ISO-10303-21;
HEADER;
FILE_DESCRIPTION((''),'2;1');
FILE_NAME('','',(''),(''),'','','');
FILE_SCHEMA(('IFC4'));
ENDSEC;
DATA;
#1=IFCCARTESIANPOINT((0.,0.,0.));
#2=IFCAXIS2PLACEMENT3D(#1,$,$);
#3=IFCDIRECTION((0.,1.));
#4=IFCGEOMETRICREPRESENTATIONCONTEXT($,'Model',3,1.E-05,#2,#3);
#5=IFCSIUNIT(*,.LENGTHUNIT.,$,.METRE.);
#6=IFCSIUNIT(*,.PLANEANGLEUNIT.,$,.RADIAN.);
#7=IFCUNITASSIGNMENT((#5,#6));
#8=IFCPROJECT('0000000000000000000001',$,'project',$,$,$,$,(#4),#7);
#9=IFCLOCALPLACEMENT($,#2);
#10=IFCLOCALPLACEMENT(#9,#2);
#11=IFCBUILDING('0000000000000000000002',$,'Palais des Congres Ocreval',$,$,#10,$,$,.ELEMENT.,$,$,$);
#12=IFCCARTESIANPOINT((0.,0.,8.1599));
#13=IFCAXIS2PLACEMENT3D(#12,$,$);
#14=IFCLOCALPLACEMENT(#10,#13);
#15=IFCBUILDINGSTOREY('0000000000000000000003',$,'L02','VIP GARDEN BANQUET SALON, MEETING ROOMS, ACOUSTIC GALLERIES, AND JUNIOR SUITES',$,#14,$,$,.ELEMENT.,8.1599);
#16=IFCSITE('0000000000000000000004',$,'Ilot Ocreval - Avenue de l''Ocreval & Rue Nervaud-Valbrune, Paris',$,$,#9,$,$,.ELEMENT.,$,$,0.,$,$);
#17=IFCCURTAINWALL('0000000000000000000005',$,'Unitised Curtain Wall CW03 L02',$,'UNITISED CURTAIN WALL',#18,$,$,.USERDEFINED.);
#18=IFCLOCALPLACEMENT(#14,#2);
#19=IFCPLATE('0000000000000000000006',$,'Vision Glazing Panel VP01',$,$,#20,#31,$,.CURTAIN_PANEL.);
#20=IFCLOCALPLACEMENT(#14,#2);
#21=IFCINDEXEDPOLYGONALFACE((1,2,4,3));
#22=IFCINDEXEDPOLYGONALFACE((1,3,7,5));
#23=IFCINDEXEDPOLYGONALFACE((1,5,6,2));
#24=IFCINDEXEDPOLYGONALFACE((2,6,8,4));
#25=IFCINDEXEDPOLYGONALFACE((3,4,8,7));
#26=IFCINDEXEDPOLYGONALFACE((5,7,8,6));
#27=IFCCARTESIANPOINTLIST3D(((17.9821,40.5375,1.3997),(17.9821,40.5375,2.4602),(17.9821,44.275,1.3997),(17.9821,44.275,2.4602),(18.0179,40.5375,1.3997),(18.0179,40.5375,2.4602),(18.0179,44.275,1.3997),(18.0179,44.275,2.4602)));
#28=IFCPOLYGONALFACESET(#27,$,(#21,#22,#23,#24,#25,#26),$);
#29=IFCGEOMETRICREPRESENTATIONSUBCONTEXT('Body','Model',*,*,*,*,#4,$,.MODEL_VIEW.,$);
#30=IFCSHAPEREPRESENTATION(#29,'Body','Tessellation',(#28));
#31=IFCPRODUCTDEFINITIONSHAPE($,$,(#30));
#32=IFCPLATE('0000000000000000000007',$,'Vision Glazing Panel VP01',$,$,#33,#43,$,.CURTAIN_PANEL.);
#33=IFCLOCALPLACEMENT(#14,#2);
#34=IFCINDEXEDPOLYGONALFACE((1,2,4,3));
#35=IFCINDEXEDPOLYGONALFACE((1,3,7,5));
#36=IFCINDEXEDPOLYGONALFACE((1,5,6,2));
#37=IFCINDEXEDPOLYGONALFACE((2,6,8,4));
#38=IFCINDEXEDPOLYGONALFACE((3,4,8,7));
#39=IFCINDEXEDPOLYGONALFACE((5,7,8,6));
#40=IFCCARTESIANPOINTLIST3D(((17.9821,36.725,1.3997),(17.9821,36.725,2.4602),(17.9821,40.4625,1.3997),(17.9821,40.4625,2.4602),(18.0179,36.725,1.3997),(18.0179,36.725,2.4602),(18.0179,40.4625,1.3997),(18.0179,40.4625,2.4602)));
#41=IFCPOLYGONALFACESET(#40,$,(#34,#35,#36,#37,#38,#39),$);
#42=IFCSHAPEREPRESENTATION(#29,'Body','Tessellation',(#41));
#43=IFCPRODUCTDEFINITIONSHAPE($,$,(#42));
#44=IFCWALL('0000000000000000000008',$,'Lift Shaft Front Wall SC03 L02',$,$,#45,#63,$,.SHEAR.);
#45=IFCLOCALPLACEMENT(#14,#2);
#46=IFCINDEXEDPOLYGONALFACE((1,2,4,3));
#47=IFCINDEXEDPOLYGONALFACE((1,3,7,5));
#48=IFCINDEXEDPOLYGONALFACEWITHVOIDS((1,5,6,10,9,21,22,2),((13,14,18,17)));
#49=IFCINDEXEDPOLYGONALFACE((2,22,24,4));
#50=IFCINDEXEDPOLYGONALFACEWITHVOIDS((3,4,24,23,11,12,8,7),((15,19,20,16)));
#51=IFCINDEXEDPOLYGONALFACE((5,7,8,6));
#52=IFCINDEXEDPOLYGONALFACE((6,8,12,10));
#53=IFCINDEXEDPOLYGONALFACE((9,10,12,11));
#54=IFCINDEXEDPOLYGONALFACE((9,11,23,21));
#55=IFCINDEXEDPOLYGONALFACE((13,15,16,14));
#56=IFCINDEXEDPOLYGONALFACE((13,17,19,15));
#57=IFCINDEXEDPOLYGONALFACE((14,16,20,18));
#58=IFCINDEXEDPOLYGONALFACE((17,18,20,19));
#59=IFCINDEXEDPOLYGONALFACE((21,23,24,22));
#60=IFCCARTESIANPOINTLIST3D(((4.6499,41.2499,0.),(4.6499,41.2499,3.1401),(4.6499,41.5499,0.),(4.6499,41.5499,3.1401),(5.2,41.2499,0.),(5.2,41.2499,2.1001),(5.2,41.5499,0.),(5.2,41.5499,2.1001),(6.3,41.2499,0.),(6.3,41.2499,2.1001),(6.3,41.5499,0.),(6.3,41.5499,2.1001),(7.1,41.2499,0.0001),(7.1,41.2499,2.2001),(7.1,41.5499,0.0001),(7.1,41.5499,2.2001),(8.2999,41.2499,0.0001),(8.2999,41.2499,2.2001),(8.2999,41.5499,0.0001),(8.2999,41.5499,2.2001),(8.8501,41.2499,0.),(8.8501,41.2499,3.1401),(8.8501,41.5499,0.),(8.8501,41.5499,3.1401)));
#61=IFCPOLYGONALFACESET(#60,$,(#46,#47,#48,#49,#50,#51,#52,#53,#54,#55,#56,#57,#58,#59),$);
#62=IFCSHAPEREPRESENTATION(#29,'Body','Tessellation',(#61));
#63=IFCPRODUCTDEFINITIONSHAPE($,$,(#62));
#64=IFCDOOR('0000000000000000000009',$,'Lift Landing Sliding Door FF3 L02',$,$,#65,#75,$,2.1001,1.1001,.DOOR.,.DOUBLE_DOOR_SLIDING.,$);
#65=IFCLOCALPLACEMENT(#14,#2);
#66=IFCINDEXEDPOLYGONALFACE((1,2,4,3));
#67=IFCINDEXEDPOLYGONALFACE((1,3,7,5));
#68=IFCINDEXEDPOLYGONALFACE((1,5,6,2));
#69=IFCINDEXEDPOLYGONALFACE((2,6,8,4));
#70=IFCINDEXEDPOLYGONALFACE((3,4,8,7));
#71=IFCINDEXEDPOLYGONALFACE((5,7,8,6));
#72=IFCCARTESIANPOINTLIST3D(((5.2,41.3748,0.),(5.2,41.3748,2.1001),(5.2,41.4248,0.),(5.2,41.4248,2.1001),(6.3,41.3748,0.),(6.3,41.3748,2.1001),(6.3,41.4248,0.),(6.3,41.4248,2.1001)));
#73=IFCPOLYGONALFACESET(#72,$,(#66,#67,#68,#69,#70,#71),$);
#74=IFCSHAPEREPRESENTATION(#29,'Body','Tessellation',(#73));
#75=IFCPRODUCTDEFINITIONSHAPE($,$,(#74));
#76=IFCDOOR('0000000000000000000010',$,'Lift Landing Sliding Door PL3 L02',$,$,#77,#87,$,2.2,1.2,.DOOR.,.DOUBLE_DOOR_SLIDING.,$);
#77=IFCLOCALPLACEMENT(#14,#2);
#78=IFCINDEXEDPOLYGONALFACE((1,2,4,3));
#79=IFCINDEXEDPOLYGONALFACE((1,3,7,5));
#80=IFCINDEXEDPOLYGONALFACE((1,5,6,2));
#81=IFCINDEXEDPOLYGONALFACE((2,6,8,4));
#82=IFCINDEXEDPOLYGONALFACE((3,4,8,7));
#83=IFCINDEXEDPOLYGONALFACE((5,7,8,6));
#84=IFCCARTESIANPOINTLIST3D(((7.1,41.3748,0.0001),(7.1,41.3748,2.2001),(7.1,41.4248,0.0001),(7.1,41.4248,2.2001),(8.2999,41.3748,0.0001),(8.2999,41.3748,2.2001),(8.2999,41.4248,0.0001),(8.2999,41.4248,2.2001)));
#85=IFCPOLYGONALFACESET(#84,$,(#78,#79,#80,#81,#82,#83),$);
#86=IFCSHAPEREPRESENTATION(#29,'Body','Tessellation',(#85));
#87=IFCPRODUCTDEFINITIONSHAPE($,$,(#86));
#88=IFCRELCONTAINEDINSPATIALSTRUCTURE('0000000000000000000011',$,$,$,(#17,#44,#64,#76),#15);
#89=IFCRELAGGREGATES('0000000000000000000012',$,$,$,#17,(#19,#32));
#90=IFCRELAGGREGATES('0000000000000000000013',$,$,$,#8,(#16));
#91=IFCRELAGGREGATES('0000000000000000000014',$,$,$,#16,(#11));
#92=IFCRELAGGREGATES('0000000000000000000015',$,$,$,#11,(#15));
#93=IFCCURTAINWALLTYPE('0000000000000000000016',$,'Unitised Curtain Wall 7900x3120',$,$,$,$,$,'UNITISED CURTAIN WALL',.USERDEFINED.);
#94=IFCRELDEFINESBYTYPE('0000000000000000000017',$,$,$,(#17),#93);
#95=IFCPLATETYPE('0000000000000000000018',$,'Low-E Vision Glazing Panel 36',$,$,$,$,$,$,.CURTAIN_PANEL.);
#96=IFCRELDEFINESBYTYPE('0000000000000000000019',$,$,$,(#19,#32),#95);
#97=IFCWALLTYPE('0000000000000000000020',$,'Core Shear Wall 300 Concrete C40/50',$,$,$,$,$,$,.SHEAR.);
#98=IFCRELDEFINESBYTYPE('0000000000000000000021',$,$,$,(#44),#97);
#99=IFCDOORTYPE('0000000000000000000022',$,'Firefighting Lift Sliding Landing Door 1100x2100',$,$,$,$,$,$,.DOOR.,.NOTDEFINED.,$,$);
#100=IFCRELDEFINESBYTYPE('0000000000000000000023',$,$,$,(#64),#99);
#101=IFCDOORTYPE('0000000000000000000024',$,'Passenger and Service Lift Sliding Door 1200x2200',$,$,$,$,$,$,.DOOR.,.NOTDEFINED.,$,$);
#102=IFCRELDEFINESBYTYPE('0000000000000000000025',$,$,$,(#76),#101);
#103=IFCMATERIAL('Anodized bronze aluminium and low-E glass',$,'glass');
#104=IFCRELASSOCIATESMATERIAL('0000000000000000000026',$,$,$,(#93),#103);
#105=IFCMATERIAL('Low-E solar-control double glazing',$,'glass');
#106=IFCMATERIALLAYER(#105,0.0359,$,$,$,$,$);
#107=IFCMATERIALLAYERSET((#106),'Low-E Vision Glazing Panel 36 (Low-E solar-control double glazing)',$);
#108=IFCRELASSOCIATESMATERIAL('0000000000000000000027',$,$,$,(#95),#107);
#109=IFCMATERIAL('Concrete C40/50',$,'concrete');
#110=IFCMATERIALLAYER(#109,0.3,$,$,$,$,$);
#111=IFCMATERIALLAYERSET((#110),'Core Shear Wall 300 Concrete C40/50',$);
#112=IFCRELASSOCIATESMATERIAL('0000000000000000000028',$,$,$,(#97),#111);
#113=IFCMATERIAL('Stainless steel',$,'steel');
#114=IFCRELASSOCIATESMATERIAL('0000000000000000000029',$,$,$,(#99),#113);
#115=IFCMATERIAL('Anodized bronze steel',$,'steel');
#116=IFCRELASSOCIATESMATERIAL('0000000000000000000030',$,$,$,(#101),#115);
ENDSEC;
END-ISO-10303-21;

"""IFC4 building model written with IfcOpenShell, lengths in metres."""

from ifc_helpers import new_model, si_unit, direction, frame, frame_2d, origin, origin_2d, place, context, subcontext, project, spatial, rectangle, extrude, material, layer, layer_set, type_object, element, fill, aggregate, save


model = new_model("IFC4")

# Units and contexts
model_context = context("Model", 3, precision=1e-05, world=origin(), true_north=direction((0.0, 1.0)))
body_context = subcontext(model_context, "Body", "Model", "MODEL_VIEW")
ifc_project = project(units=[si_unit("LENGTHUNIT", "METRE"), si_unit("PLANEANGLEUNIT", "RADIAN")], contexts=[model_context])

# Site, building, storey
site_placement = place(None, origin())
site = spatial("IfcSite", under=ifc_project, at=site_placement, Name="Ilot Ocreval - Avenue de l'Ocreval & Rue Nervaud-Valbrune, Paris", CompositionType="ELEMENT", RefElevation=0.0)
building_placement = place(site_placement, origin())
building = spatial("IfcBuilding", under=site, at=building_placement, Name="Palais des Congres Ocreval", CompositionType="ELEMENT")
storey_placement = place(building_placement, frame((0.0, 0.0, 8.1599)))
storey = spatial("IfcBuildingStorey", under=building, at=storey_placement, Name="L02", Description="VIP GARDEN BANQUET SALON, MEETING ROOMS, ACOUSTIC GALLERIES, AND JUNIOR SUITES", CompositionType="ELEMENT", Elevation=8.1599)

# Curtain wall, plates
ifc_material_1 = material(Name="Anodized bronze aluminium and low-E glass", Category="glass")
curtain_wall_type = type_object("IfcCurtainWallType", Name="Unitised Curtain Wall 7900x3120", ElementType="UNITISED CURTAIN WALL", PredefinedType="USERDEFINED", material=ifc_material_1)
curtain_wall_placement = place(storey_placement, origin())
curtain_wall = element("IfcCurtainWall", 1, at=curtain_wall_placement, inside=storey, type_object=curtain_wall_type, Name="Unitised Curtain Wall CW03 L02", ObjectType="UNITISED CURTAIN WALL", PredefinedType="USERDEFINED")
ifc_material_2 = material(Name="Low-E solar-control double glazing", Category="glass")
ifc_layer_1 = layer(ifc_material_2, 0.0359)
ifc_layer_set_1 = layer_set([ifc_layer_1], Name="Low-E Vision Glazing Panel 36 (Low-E solar-control double glazing)")
plate_type_1 = type_object("IfcPlateType", Name="Low-E Vision Glazing Panel 36", PredefinedType="CURTAIN_PANEL", material=ifc_layer_set_1)
plate_1_placement = place(storey_placement, frame((18.0, 42.4062, 1.3997), z_axis=(0.0, 0.0, 1.0), x_axis=(0.0, -1.0, 0.0)))
plate_1 = element("IfcPlate", 2, at=plate_1_placement, type_object=plate_type_1, Name="Vision Glazing Panel VP01", PredefinedType="CURTAIN_PANEL", context=body_context, shape_type="SweptSolid", body=[
    extrude(rectangle(XDim=3.7375, YDim=0.0359, at=origin_2d()), origin(), (0.0, 0.0, 1.0), 1.0605),
])
plate_2_placement = place(storey_placement, frame((18.0, 38.5938, 1.3997), z_axis=(0.0, 0.0, 1.0), x_axis=(0.0, -1.0, 0.0)))
plate_2 = element("IfcPlate", 3, at=plate_2_placement, type_object=plate_type_1, Name="Vision Glazing Panel VP01", PredefinedType="CURTAIN_PANEL", context=body_context, shape_type="SweptSolid", body=[
    extrude(rectangle(XDim=3.7375, YDim=0.0359, at=origin_2d()), origin(), (0.0, 0.0, 1.0), 1.0605),
])
aggregate(curtain_wall, [plate_1, plate_2])

# Wall, openings, doors
ifc_material_3 = material(Name="Concrete C40/50", Category="concrete")
ifc_layer_2 = layer(ifc_material_3, 0.3)
ifc_layer_set_2 = layer_set([ifc_layer_2], Name="Core Shear Wall 300 Concrete C40/50")
wall_type = type_object("IfcWallType", Name="Core Shear Wall 300 Concrete C40/50", PredefinedType="SHEAR", material=ifc_layer_set_2)
wall_placement = place(storey_placement, frame((4.6499, 41.3999, 0.0), z_axis=(0.0, 0.0, 1.0), x_axis=(1.0, 0.0, 0.0)))
wall = element("IfcWall", 4, at=wall_placement, inside=storey, type_object=wall_type, Name="Lift Shaft Front Wall SC03 L02", PredefinedType="SHEAR", context=body_context, shape_type="SweptSolid", body=[
    extrude(rectangle(XDim=4.2002, YDim=0.3, at=frame_2d((2.1001, 0.0))), origin(), (0.0, 0.0, 1.0), 3.1401),
])
opening_1_placement = place(wall_placement, frame((0.55, 0.0, 0.0)))
opening_1 = element("IfcOpeningElement", 5, at=opening_1_placement, cuts=wall, PredefinedType="OPENING", context=body_context, shape_type="SweptSolid", body=[
    extrude(rectangle(XDim=1.1001, YDim=2.1001, at=frame_2d((0.55, 1.05))), frame((0.0, 0.1599, 0.0), z_axis=(0.0, -1.0, 0.0), x_axis=(1.0, 0.0, 0.0)), (0.0, 0.0, 1.0), 0.3201),
])
opening_2_placement = place(wall_placement, frame((2.45, 0.0, 0.0)))
opening_2 = element("IfcOpeningElement", 6, at=opening_2_placement, cuts=wall, PredefinedType="OPENING", context=body_context, shape_type="SweptSolid", body=[
    extrude(rectangle(XDim=1.2, YDim=2.2, at=frame_2d((0.6001, 1.1001))), frame((0.0, 0.1599, 0.0), z_axis=(0.0, -1.0, 0.0), x_axis=(1.0, 0.0, 0.0)), (0.0, 0.0, 1.0), 0.3201),
])
ifc_material_4 = material(Name="Stainless steel", Category="steel")
door_type_1 = type_object("IfcDoorType", Name="Firefighting Lift Sliding Landing Door 1100x2100", OperationType="NOTDEFINED", PredefinedType="DOOR", material=ifc_material_4)
door_1_placement = place(opening_1_placement, origin())
door_1 = element("IfcDoor", 7, at=door_1_placement, inside=storey, type_object=door_type_1, Name="Lift Landing Sliding Door FF3 L02", OperationType="DOUBLE_DOOR_SLIDING", OverallHeight=2.1001, OverallWidth=1.1001, PredefinedType="DOOR", context=body_context, shape_type="SweptSolid", body=[
    extrude(rectangle(XDim=1.1001, YDim=2.1001, at=frame_2d((0.55, 1.05))), frame((0.0, 0.0249, 0.0), z_axis=(0.0, -1.0, 0.0), x_axis=(1.0, 0.0, 0.0)), (0.0, 0.0, 1.0), 0.05),
])
fill(opening_1, door_1)
ifc_material_5 = material(Name="Anodized bronze steel", Category="steel")
door_type_2 = type_object("IfcDoorType", Name="Passenger and Service Lift Sliding Door 1200x2200", OperationType="NOTDEFINED", PredefinedType="DOOR", material=ifc_material_5)
door_2_placement = place(opening_2_placement, origin())
door_2 = element("IfcDoor", 8, at=door_2_placement, inside=storey, type_object=door_type_2, Name="Lift Landing Sliding Door PL3 L02", OperationType="DOUBLE_DOOR_SLIDING", OverallHeight=2.2, OverallWidth=1.2, PredefinedType="DOOR", context=body_context, shape_type="SweptSolid", body=[
    extrude(rectangle(XDim=1.2, YDim=2.2, at=frame_2d((0.6001, 1.1001))), frame((0.0, 0.0249, 0.0), z_axis=(0.0, -1.0, 0.0), x_axis=(1.0, 0.0, 0.0)), (0.0, 0.0, 1.0), 0.05),
])
fill(opening_2, door_2)

save(model, "model.ifc")
